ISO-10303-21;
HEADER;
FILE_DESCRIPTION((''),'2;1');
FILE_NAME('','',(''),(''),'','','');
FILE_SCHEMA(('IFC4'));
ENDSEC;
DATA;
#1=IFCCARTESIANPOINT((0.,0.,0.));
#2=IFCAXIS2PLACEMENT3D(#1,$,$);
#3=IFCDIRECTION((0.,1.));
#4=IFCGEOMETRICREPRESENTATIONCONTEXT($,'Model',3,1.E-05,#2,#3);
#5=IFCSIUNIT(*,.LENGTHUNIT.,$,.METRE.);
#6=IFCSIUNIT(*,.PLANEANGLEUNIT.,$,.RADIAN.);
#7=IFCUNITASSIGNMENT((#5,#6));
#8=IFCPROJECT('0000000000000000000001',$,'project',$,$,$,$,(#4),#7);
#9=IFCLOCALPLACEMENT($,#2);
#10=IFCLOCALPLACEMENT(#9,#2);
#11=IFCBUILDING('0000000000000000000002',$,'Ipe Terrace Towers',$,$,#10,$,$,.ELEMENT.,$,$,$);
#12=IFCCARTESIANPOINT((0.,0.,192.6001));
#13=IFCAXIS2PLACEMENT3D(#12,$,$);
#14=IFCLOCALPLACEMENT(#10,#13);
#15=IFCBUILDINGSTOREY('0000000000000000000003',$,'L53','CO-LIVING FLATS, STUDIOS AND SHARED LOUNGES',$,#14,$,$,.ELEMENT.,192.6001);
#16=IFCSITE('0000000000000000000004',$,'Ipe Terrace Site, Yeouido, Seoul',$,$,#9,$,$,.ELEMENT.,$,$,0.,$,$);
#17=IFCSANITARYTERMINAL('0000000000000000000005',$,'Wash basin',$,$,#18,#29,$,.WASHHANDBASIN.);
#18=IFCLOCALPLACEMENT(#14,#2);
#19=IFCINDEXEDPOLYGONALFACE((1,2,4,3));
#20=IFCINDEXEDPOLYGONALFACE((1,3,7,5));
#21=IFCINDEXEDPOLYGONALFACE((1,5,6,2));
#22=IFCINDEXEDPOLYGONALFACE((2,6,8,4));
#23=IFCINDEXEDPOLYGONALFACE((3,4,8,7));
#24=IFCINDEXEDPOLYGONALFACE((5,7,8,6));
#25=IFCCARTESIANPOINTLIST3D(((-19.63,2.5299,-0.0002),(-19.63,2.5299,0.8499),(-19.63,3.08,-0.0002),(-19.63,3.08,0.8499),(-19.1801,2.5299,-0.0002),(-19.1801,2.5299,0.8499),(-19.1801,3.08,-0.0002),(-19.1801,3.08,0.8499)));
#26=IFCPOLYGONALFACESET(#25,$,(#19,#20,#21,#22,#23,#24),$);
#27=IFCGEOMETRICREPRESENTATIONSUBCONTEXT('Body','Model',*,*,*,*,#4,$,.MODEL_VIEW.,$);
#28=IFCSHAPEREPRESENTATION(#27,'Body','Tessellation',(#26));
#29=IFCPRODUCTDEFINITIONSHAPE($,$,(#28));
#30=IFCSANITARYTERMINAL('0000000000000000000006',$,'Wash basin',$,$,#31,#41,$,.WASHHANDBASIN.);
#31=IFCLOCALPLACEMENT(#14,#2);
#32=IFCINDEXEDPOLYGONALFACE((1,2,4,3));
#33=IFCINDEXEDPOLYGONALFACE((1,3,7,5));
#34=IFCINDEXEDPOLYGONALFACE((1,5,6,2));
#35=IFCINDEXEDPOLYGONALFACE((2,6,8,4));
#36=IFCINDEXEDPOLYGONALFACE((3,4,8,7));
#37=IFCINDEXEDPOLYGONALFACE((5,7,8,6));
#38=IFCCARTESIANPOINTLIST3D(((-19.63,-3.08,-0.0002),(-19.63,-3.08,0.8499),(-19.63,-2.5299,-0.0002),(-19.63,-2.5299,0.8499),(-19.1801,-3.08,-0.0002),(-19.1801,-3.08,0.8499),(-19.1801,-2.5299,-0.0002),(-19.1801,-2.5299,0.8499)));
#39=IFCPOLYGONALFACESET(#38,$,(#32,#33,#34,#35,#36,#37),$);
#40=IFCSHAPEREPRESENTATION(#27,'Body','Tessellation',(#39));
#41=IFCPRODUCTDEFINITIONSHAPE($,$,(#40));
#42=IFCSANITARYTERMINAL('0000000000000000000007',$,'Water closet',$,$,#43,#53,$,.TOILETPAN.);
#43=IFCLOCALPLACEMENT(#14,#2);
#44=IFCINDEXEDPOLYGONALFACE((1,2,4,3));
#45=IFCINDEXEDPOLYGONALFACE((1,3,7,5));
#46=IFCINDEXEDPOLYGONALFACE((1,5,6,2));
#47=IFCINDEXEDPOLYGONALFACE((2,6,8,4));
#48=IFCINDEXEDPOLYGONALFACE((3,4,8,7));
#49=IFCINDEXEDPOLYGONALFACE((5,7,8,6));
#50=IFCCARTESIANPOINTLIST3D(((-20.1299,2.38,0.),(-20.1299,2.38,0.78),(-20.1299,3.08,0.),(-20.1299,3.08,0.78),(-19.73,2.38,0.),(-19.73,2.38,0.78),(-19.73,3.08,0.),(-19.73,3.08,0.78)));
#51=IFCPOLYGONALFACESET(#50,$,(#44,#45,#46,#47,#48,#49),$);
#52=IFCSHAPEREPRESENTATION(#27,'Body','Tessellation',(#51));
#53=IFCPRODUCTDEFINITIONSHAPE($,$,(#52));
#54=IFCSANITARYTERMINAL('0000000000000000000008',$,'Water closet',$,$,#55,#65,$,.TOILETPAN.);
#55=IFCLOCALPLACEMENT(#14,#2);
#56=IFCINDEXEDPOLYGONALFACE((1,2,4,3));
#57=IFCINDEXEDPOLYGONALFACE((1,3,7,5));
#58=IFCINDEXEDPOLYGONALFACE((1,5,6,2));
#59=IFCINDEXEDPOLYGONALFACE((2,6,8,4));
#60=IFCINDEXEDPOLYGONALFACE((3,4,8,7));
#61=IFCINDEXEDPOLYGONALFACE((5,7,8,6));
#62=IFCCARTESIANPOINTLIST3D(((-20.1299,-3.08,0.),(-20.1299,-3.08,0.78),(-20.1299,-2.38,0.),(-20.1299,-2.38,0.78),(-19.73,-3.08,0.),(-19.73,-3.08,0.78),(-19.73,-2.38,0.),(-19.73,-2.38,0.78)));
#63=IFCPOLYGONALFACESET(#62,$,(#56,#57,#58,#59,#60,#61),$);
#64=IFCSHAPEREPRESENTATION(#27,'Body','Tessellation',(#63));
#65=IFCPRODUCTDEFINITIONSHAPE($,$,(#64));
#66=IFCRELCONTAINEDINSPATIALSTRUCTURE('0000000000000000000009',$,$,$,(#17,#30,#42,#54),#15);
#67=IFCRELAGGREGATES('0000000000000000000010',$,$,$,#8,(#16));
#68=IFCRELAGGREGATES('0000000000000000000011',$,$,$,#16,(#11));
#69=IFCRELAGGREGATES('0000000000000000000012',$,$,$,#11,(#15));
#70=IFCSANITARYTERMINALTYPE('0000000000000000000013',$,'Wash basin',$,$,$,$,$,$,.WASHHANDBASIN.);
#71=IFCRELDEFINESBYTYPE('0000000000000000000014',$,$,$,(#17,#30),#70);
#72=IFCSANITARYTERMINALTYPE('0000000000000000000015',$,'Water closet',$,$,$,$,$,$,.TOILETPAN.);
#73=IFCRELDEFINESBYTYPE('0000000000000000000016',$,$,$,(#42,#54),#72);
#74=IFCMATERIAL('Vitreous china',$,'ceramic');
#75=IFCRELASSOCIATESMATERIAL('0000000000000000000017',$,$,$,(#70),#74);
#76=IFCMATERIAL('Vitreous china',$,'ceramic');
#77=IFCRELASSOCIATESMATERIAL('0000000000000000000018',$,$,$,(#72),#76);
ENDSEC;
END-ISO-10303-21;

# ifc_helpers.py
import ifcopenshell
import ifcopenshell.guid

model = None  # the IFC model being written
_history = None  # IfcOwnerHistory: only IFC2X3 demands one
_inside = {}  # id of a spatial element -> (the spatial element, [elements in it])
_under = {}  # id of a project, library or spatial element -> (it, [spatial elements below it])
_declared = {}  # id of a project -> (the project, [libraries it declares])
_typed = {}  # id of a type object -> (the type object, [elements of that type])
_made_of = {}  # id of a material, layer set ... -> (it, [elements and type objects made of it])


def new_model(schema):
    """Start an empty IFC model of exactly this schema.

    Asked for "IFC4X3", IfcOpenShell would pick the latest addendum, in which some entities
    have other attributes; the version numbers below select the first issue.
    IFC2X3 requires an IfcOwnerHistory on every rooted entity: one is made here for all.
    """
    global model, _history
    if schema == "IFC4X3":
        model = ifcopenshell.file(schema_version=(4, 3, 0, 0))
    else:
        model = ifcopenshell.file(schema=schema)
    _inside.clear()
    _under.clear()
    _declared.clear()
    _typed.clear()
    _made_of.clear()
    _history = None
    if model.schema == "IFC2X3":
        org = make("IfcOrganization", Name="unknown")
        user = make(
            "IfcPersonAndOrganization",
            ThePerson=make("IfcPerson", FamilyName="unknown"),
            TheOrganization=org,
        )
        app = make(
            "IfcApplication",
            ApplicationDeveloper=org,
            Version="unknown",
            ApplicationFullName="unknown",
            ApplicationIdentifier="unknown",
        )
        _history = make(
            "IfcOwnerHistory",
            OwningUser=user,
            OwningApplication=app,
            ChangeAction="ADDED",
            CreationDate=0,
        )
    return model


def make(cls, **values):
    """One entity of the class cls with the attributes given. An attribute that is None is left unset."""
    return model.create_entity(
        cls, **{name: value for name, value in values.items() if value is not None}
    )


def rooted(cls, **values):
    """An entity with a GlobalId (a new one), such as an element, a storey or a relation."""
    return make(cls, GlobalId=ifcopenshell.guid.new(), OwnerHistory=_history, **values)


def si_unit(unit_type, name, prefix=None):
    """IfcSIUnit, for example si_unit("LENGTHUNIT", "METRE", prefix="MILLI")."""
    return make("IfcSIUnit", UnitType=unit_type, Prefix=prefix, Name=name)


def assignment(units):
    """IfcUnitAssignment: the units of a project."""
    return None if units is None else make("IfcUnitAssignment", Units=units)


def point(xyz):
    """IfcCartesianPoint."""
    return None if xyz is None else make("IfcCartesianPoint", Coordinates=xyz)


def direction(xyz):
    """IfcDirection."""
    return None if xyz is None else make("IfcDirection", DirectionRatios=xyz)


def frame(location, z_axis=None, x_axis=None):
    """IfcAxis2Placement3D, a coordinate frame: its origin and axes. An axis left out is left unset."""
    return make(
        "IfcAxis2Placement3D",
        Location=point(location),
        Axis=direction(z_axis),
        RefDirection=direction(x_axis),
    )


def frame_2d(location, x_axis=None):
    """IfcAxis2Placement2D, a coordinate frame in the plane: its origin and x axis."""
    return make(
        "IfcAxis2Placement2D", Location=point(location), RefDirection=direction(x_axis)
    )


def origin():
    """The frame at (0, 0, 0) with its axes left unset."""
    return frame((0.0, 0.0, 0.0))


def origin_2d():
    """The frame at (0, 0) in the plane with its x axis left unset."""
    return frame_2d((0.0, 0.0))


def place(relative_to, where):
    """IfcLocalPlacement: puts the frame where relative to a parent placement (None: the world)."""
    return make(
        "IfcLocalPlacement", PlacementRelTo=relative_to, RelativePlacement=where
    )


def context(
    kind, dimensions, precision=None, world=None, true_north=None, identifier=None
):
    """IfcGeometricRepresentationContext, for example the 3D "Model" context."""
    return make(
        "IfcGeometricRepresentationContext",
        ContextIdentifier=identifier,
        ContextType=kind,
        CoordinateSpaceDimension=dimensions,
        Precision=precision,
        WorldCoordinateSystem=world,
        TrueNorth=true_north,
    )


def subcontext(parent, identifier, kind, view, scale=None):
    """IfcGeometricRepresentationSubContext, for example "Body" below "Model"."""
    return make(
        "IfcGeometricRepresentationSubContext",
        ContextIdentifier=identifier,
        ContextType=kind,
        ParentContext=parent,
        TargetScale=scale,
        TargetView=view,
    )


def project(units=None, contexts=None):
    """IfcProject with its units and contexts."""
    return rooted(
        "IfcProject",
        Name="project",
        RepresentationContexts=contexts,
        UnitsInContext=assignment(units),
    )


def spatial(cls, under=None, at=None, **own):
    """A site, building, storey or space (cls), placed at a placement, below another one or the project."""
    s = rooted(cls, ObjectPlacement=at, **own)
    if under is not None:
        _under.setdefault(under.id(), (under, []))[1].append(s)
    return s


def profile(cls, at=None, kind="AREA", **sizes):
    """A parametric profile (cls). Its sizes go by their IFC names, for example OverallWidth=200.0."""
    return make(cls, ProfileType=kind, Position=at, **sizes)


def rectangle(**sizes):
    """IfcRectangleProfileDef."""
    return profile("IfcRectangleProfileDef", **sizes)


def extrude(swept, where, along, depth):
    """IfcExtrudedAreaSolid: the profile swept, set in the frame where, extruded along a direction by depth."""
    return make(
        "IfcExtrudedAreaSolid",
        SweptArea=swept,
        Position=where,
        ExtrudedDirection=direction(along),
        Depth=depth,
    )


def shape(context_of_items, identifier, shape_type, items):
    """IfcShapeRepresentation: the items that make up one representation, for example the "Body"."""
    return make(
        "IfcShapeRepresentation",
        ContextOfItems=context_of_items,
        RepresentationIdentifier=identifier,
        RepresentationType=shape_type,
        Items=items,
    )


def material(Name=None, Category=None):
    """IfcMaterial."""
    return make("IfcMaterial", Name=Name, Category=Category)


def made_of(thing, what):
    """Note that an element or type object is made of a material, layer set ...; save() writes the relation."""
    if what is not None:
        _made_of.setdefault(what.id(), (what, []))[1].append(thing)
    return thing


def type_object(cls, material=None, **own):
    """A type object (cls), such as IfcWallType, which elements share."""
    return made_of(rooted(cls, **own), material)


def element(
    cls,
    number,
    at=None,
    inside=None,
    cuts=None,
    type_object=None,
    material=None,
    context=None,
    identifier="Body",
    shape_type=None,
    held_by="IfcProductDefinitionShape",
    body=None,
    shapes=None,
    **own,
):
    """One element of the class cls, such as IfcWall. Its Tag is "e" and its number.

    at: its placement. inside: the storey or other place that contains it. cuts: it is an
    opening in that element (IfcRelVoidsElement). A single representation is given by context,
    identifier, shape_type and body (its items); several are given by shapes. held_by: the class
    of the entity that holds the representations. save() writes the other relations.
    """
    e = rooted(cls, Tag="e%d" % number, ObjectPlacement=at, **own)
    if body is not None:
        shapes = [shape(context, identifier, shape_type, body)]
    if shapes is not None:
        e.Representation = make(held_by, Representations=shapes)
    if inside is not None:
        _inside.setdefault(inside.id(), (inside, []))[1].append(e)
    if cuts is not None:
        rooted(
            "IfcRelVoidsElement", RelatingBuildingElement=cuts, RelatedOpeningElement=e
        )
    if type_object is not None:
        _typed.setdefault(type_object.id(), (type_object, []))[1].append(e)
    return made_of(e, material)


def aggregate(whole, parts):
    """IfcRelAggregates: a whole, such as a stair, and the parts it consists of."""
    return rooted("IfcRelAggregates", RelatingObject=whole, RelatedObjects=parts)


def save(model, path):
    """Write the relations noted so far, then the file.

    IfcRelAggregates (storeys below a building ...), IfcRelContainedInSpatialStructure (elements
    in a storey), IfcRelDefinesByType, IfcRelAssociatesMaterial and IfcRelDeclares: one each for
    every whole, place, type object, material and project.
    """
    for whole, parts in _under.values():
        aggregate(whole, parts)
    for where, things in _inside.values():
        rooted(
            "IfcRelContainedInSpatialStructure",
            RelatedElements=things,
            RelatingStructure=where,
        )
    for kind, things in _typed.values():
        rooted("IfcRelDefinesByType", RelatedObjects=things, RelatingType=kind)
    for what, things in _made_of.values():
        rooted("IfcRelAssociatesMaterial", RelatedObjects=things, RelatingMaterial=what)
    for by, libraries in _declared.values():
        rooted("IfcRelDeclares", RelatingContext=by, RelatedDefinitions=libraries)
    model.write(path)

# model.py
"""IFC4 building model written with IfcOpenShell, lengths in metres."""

from ifc_helpers import new_model, si_unit, direction, frame, origin, origin_2d, place, context, subcontext, project, spatial, rectangle, extrude, material, type_object, element, save


model = new_model("IFC4")

# Units and contexts
model_context = context("Model", 3, precision=1e-05, world=origin(), true_north=direction((0.0, 1.0)))
body_context = subcontext(model_context, "Body", "Model", "MODEL_VIEW")
ifc_project = project(units=[si_unit("LENGTHUNIT", "METRE"), si_unit("PLANEANGLEUNIT", "RADIAN")], contexts=[model_context])

# Site, building, storey
site_placement = place(None, origin())
site = spatial("IfcSite", under=ifc_project, at=site_placement, Name="Ipe Terrace Site, Yeouido, Seoul", CompositionType="ELEMENT", RefElevation=0.0)
building_placement = place(site_placement, origin())
building = spatial("IfcBuilding", under=site, at=building_placement, Name="Ipe Terrace Towers", CompositionType="ELEMENT")
storey_placement = place(building_placement, frame((0.0, 0.0, 192.6001)))
storey = spatial("IfcBuildingStorey", under=building, at=storey_placement, Name="L53", Description="CO-LIVING FLATS, STUDIOS AND SHARED LOUNGES", CompositionType="ELEMENT", Elevation=192.6001)

# Sanitary terminals
ifc_material_1 = material(Name="Vitreous china", Category="ceramic")
sanitary_terminal_type_1 = type_object("IfcSanitaryTerminalType", Name="Wash basin", PredefinedType="WASHHANDBASIN", material=ifc_material_1)
for number, where, z_axis, x_axis, name in (
    (1, (-19.405, 2.8049, -0.0002), (0.0, 0.0, 1.0), (0.0, -1.0, 0.0), "Wash basin"),
    (2, (-19.405, -2.8049, -0.0002), (0.0, 0.0, 1.0), (0.0, 1.0, 0.0), "Wash basin"),
):
    element("IfcSanitaryTerminal", number, at=place(storey_placement, frame(where, z_axis=z_axis, x_axis=x_axis)), inside=storey, type_object=sanitary_terminal_type_1, Name=name, PredefinedType="WASHHANDBASIN", context=body_context, shape_type="SweptSolid", body=[
        extrude(rectangle(XDim=0.55, YDim=0.45, at=origin_2d()), origin(), (0.0, 0.0, 1.0), 0.8501),
    ])
ifc_material_2 = material(Name="Vitreous china", Category="ceramic")
sanitary_terminal_type_2 = type_object("IfcSanitaryTerminalType", Name="Water closet", PredefinedType="TOILETPAN", material=ifc_material_2)
for number, where, z_axis, x_axis, name in (
    (3, (-19.9299, 2.73, 0.0), (0.0, 0.0, 1.0), (0.0, -1.0, 0.0), "Water closet"),
    (4, (-19.9299, -2.73, 0.0), (0.0, 0.0, 1.0), (0.0, 1.0, 0.0), "Water closet"),
):
    element("IfcSanitaryTerminal", number, at=place(storey_placement, frame(where, z_axis=z_axis, x_axis=x_axis)), inside=storey, type_object=sanitary_terminal_type_2, Name=name, PredefinedType="TOILETPAN", context=body_context, shape_type="SweptSolid", body=[
        extrude(rectangle(XDim=0.7, YDim=0.3999, at=origin_2d()), origin(), (0.0, 0.0, 1.0), 0.78),
    ])

save(model, "model.ifc")
